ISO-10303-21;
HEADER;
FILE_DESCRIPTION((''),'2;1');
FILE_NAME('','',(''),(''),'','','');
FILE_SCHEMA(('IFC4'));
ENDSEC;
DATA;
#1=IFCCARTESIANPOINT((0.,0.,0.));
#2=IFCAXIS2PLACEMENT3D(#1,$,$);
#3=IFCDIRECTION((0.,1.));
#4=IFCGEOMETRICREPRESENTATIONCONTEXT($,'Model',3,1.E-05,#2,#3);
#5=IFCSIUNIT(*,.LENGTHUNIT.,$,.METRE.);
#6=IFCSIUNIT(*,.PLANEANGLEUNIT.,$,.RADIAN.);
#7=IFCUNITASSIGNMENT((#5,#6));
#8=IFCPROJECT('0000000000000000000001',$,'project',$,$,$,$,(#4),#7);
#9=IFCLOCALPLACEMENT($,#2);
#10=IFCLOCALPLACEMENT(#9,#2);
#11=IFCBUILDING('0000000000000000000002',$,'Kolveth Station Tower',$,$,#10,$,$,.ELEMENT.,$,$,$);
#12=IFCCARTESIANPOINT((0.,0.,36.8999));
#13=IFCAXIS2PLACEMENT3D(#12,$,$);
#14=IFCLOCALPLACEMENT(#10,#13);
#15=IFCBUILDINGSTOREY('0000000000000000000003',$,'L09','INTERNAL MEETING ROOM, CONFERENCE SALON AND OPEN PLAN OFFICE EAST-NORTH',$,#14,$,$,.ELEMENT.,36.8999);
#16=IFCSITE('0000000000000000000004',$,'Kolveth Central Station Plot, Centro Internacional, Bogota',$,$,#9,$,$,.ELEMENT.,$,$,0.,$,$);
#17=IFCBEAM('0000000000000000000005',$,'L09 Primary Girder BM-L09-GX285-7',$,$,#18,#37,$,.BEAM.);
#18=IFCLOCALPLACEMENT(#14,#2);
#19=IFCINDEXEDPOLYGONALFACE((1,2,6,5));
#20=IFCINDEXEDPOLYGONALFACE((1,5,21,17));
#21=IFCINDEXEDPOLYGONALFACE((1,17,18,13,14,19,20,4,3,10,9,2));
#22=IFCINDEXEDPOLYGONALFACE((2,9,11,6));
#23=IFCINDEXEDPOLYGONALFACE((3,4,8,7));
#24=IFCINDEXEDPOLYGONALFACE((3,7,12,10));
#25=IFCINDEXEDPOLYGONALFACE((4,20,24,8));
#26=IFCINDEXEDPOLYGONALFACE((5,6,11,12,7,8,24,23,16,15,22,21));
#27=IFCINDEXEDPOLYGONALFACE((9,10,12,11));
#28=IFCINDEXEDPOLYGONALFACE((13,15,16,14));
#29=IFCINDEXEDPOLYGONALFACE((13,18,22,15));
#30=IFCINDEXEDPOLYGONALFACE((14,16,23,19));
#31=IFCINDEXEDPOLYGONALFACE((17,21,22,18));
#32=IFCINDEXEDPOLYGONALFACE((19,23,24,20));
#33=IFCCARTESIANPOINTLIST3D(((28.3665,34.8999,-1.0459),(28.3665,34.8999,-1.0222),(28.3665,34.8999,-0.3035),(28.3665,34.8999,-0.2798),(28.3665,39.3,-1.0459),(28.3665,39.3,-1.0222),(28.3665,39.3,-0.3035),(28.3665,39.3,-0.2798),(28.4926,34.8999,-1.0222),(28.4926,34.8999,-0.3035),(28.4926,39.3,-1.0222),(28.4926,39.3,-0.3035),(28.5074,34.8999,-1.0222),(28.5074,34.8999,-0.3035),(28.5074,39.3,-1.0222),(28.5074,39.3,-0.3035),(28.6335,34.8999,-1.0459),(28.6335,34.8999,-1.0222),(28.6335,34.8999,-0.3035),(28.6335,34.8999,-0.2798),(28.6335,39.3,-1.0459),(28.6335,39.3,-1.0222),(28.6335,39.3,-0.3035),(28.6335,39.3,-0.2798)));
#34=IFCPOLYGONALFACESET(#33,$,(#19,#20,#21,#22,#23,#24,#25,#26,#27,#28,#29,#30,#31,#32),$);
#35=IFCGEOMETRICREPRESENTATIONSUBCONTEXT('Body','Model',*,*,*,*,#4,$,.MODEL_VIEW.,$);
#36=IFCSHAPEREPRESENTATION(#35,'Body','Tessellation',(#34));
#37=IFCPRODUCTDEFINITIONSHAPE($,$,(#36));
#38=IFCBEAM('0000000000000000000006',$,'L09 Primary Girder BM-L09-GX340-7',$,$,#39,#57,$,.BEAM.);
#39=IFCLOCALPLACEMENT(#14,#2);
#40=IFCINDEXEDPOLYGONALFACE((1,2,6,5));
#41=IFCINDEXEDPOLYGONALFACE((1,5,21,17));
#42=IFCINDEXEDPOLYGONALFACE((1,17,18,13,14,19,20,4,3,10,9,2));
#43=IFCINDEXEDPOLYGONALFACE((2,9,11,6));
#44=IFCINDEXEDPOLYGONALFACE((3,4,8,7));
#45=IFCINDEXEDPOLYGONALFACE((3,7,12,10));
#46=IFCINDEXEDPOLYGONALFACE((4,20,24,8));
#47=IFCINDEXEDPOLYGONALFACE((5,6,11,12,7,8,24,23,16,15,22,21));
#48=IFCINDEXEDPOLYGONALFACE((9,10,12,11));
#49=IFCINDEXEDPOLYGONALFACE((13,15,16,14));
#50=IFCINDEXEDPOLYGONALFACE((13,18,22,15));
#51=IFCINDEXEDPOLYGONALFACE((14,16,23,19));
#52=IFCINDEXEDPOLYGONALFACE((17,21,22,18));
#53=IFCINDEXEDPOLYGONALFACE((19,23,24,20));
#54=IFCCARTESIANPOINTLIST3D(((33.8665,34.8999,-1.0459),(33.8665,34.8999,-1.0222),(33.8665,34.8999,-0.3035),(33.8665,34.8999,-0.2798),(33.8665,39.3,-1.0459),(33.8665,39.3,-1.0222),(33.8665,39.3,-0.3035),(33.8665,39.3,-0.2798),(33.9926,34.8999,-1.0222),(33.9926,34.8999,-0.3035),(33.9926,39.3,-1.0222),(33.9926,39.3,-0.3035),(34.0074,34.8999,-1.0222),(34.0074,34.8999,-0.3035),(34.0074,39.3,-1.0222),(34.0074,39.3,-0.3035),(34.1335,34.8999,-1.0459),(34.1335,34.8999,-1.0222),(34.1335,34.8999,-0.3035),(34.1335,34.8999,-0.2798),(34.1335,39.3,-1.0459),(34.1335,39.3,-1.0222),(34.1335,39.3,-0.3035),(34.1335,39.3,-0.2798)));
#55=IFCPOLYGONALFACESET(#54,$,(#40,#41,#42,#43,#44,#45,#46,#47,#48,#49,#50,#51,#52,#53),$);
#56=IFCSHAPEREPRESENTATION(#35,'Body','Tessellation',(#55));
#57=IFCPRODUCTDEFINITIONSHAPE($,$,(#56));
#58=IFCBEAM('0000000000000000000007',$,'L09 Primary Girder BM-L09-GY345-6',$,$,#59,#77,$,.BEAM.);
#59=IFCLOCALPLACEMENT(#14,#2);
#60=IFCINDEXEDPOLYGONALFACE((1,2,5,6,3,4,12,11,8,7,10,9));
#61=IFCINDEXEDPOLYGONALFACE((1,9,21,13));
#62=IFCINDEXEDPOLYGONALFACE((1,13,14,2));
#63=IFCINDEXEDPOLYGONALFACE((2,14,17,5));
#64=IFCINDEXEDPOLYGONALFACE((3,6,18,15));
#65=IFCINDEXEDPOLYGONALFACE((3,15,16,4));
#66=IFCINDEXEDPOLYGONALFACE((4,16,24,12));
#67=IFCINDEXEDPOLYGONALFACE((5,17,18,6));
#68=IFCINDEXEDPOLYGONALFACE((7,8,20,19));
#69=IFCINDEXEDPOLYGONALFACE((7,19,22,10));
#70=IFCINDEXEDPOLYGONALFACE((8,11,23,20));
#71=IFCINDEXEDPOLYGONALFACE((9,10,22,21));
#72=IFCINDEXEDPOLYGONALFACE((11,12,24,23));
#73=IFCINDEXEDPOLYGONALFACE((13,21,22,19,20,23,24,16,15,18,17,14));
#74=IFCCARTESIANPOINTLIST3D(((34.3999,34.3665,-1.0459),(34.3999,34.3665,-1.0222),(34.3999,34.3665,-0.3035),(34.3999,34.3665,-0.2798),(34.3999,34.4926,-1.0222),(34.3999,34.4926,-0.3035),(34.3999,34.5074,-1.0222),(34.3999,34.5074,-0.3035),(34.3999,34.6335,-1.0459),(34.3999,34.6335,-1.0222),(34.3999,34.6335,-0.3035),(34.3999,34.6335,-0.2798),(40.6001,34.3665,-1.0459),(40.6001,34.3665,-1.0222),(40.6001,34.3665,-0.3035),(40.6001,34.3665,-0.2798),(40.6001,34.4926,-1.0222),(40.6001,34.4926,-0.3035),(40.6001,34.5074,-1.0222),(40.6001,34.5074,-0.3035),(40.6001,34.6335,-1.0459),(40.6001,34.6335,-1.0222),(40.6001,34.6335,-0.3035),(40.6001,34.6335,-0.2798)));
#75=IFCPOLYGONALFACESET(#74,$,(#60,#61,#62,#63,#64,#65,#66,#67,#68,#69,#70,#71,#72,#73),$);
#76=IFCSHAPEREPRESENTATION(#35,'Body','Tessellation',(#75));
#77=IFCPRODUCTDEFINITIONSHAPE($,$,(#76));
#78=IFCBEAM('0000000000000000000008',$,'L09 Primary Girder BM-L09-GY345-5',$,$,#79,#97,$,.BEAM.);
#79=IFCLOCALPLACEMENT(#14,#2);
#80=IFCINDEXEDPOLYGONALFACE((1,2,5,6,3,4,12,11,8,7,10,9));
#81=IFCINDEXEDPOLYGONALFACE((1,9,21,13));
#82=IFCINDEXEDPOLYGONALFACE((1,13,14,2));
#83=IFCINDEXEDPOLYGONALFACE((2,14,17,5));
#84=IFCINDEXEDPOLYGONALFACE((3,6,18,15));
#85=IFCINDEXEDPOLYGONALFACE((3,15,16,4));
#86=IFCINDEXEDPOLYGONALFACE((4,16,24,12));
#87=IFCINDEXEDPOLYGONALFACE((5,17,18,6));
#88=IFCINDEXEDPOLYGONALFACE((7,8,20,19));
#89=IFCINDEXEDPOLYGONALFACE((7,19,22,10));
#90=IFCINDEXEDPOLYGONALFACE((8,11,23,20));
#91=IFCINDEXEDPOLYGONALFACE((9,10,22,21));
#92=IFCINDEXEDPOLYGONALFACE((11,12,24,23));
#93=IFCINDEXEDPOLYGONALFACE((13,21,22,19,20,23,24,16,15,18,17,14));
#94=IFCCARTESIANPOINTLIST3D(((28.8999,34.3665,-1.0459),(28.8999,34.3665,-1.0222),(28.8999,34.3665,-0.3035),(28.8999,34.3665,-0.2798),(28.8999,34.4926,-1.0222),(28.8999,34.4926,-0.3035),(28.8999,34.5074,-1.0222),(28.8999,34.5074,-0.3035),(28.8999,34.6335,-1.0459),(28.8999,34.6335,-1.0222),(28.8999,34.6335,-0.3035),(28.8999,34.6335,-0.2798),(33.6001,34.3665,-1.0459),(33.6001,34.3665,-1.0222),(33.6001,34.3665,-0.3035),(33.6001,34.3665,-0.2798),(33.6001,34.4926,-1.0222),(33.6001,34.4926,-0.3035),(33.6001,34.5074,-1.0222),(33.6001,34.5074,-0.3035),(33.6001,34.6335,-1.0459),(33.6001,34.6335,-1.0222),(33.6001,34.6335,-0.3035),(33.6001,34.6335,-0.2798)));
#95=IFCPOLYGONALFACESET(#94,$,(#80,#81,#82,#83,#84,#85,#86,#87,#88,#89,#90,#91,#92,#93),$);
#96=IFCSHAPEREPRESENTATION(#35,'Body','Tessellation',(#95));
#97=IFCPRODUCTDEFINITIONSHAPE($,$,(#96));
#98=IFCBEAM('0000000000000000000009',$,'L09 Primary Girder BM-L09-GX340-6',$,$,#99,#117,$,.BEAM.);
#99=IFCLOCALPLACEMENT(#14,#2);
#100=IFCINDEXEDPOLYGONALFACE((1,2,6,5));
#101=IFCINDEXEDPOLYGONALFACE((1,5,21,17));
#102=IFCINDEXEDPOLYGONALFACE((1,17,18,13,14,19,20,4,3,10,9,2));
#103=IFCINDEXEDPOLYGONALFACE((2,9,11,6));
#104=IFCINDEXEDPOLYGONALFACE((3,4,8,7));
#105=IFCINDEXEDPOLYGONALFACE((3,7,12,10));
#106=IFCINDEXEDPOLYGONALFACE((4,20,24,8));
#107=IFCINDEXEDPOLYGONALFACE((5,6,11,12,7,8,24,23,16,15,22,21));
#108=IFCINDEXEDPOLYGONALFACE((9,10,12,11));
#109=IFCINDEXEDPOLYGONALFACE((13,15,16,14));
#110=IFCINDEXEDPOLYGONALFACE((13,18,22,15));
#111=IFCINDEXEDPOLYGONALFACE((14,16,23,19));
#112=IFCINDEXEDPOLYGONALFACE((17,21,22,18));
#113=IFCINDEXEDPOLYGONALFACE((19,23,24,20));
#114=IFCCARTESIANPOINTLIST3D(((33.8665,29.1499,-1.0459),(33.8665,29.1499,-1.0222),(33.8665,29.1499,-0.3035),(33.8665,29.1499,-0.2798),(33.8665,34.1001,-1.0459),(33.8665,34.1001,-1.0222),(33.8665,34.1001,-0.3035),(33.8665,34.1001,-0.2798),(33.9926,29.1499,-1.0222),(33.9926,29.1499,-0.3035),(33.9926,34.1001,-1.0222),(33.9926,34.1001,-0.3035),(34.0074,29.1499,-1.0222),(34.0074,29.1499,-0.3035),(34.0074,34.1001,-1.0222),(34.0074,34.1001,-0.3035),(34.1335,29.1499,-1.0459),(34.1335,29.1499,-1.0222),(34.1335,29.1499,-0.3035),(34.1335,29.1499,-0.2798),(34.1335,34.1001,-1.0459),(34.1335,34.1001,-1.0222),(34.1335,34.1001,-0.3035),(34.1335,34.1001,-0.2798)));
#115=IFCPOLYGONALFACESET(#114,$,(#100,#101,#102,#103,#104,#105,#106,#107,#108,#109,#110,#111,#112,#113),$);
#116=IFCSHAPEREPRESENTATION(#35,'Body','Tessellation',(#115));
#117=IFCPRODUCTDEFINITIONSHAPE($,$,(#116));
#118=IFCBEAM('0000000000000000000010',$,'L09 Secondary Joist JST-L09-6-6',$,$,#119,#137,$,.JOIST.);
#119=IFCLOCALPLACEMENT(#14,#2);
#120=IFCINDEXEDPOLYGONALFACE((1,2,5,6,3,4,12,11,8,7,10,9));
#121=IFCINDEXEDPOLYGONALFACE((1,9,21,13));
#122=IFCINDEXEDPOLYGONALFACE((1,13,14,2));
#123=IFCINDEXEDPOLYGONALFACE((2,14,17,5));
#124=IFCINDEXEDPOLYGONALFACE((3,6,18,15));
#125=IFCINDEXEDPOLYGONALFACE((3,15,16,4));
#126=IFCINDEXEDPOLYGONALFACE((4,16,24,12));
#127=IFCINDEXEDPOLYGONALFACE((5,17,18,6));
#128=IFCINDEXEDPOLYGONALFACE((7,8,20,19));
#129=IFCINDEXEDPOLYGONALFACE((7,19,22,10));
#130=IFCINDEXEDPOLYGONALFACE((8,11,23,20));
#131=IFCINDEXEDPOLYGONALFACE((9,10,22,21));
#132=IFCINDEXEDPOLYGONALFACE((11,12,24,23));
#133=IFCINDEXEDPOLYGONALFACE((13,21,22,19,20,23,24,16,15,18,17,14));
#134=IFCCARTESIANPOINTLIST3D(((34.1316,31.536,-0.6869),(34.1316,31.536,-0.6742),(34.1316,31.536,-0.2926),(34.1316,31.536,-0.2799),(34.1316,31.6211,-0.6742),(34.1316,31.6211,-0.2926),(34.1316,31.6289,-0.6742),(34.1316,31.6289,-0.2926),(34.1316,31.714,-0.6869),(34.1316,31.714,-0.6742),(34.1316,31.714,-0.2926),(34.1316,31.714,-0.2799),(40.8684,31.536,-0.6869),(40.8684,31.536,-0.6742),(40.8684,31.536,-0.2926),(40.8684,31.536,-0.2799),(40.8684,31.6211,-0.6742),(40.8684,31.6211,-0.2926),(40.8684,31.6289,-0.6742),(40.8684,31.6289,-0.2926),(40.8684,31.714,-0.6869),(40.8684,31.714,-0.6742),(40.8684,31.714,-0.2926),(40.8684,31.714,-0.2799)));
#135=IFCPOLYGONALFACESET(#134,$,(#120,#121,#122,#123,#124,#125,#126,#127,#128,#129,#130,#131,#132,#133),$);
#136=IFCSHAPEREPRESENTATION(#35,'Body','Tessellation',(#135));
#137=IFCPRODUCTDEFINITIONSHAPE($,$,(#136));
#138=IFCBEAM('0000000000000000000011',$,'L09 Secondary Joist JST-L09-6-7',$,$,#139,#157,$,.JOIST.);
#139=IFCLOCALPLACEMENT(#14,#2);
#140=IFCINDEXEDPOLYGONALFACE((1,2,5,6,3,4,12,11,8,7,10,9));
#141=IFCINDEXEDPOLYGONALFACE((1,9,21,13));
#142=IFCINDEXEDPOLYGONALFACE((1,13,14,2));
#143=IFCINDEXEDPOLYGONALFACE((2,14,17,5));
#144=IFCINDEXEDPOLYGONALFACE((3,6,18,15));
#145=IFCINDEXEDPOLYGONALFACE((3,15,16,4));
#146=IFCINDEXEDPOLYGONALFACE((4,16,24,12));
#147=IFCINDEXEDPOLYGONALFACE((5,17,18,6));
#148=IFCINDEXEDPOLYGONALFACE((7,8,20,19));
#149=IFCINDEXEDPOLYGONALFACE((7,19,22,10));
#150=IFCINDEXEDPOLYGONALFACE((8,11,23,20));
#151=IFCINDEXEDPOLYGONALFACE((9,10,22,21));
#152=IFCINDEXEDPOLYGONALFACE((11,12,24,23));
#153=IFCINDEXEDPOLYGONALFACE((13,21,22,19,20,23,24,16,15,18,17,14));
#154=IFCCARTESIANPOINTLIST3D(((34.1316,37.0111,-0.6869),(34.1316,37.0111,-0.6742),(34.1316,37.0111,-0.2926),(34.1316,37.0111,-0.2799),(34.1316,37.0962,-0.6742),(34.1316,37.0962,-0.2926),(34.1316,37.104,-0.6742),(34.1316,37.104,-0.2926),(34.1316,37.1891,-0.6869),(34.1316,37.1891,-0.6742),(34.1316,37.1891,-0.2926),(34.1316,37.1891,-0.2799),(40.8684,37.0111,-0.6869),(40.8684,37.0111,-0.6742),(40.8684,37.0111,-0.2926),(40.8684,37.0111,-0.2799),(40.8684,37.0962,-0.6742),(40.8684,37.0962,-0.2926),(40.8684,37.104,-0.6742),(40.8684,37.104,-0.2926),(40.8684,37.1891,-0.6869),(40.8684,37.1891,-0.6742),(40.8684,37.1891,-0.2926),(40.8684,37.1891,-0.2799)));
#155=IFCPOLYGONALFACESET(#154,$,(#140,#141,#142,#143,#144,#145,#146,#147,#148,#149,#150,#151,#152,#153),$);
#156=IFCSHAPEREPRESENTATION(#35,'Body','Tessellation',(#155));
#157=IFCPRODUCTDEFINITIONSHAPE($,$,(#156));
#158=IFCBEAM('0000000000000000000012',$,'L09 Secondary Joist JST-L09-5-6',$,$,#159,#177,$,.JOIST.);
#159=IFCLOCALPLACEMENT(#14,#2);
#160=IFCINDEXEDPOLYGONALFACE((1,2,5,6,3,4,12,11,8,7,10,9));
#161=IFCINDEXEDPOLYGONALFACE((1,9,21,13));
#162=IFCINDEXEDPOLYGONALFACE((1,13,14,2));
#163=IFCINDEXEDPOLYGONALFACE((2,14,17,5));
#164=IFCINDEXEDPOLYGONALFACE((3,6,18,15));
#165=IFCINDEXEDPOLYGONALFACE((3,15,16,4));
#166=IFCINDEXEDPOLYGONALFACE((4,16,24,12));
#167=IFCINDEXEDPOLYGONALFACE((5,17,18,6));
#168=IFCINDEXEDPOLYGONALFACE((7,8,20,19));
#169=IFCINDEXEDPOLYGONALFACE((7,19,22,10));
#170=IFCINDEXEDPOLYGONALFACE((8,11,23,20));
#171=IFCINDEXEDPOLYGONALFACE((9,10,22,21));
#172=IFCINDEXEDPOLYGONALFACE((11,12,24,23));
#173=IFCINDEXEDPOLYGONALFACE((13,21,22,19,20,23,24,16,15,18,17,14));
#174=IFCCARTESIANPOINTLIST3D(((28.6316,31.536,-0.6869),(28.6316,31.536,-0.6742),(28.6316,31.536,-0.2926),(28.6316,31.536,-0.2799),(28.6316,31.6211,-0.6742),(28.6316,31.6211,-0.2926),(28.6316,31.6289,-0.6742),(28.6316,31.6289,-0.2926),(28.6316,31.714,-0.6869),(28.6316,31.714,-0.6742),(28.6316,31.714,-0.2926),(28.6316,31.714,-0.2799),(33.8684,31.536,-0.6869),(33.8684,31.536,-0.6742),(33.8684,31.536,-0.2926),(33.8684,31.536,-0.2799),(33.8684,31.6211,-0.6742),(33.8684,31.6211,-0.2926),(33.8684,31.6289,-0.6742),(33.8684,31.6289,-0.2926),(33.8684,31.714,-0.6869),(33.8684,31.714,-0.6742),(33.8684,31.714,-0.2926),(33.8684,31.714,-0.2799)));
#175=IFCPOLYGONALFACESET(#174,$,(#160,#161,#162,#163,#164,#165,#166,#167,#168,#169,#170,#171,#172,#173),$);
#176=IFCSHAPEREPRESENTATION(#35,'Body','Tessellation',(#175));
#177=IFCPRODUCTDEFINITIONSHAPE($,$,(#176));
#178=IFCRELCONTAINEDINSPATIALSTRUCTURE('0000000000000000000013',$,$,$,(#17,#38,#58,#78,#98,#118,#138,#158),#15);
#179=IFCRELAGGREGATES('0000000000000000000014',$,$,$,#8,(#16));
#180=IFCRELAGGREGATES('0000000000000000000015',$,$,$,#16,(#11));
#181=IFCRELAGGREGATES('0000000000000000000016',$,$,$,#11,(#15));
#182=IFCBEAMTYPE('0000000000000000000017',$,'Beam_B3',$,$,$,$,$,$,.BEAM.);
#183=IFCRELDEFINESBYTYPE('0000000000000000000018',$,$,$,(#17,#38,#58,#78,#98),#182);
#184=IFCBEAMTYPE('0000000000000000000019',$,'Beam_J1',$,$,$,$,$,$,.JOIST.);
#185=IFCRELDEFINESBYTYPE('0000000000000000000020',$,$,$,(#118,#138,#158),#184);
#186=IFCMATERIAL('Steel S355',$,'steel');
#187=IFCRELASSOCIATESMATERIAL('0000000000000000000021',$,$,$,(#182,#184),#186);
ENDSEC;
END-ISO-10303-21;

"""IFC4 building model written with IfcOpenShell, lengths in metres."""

from ifc_helpers import new_model, si_unit, direction, frame, origin, origin_2d, place, context, subcontext, project, spatial, i_section, extrude, source, transform, mapped, material, material_profile, profile_set, type_object, element, save


model = new_model("IFC4")

# Units and contexts
model_context = context("Model", 3, precision=1e-05, world=origin(), true_north=direction((0.0, 1.0)))
body_context = subcontext(model_context, "Body", "Model", "MODEL_VIEW")
ifc_project = project(units=[si_unit("LENGTHUNIT", "METRE"), si_unit("PLANEANGLEUNIT", "RADIAN")], contexts=[model_context])

# Site, building, storey
site_placement = place(None, origin())
site = spatial("IfcSite", under=ifc_project, at=site_placement, Name="Kolveth Central Station Plot, Centro Internacional, Bogota", CompositionType="ELEMENT", RefElevation=0.0)
building_placement = place(site_placement, origin())
building = spatial("IfcBuilding", under=site, at=building_placement, Name="Kolveth Station Tower", CompositionType="ELEMENT")
storey_placement = place(building_placement, frame((0.0, 0.0, 36.8999)))
storey = spatial("IfcBuildingStorey", under=building, at=storey_placement, Name="L09", Description="INTERNAL MEETING ROOM, CONFERENCE SALON AND OPEN PLAN OFFICE EAST-NORTH", CompositionType="ELEMENT", Elevation=36.8999)

# Shared definitions
ifc_material_1 = material(Name="Steel S355", Category="steel")

# Beams
ifc_material_profile_1 = material_profile(ifc_material_1, i_section(OverallWidth=0.2671, OverallDepth=0.7661, WebThickness=0.0149, FlangeThickness=0.0237, at=origin_2d()), Name="W760x185")
ifc_profile_set_1 = profile_set([ifc_material_profile_1], Name="Steel S355")
beam_type_1 = type_object("IfcBeamType", Name="Beam_B3", PredefinedType="BEAM", material=ifc_profile_set_1)
shared_shape_1 = source(origin(), body_context, "Body", "SweptSolid", [
    extrude(i_section(OverallWidth=0.2671, OverallDepth=0.7661, WebThickness=0.0149, FlangeThickness=0.0237, at=origin_2d()), origin(), (0.0, 0.0, 1.0), 4.4001),
])
for number, where, z_axis, x_axis, name in (
    (1, (28.5, 34.8999, -0.6628), (0.0, 1.0, 0.0), (-1.0, 0.0, 0.0), "L09 Primary Girder BM-L09-GX285-7"),
    (2, (34.0, 34.8999, -0.6628), (0.0, 1.0, 0.0), (-1.0, 0.0, 0.0), "L09 Primary Girder BM-L09-GX340-7"),
):
    element("IfcBeam", number, at=place(storey_placement, frame(where, z_axis=z_axis, x_axis=x_axis)), inside=storey, type_object=beam_type_1, Name=name, PredefinedType="BEAM", context=body_context, shape_type="MappedRepresentation", body=[
        mapped(shared_shape_1, transform((0.0, 0.0, 0.0), x_axis=(1.0, 0.0, 0.0), y_axis=(0.0, 1.0, 0.0), z_axis=(0.0, 0.0, 1.0), scale=1.0)),
    ])
shared_shape_2 = source(origin(), body_context, "Body", "SweptSolid", [
    extrude(i_section(OverallWidth=0.2671, OverallDepth=0.7661, WebThickness=0.0149, FlangeThickness=0.0237, at=origin_2d()), origin(), (0.0, 0.0, 1.0), 6.2002),
])
beam_1_placement = place(storey_placement, frame((34.3999, 34.5, -0.6628), z_axis=(1.0, 0.0, 0.0), x_axis=(0.0, 1.0, 0.0)))
element("IfcBeam", 3, at=beam_1_placement, inside=storey, type_object=beam_type_1, Name="L09 Primary Girder BM-L09-GY345-6", PredefinedType="BEAM", context=body_context, shape_type="MappedRepresentation", body=[
    mapped(shared_shape_2, transform((0.0, 0.0, 0.0), x_axis=(1.0, 0.0, 0.0), y_axis=(0.0, 1.0, 0.0), z_axis=(0.0, 0.0, 1.0), scale=1.0)),
])
shared_shape_3 = source(origin(), body_context, "Body", "SweptSolid", [
    extrude(i_section(OverallWidth=0.2671, OverallDepth=0.7661, WebThickness=0.0149, FlangeThickness=0.0237, at=origin_2d()), origin(), (0.0, 0.0, 1.0), 4.7002),
])
beam_2_placement = place(storey_placement, frame((28.8999, 34.5, -0.6628), z_axis=(1.0, 0.0, 0.0), x_axis=(0.0, 1.0, 0.0)))
element("IfcBeam", 4, at=beam_2_placement, inside=storey, type_object=beam_type_1, Name="L09 Primary Girder BM-L09-GY345-5", PredefinedType="BEAM", context=body_context, shape_type="MappedRepresentation", body=[
    mapped(shared_shape_3, transform((0.0, 0.0, 0.0), x_axis=(1.0, 0.0, 0.0), y_axis=(0.0, 1.0, 0.0), z_axis=(0.0, 0.0, 1.0), scale=1.0)),
])
shared_shape_4 = source(origin(), body_context, "Body", "SweptSolid", [
    extrude(i_section(OverallWidth=0.2671, OverallDepth=0.7661, WebThickness=0.0149, FlangeThickness=0.0237, at=origin_2d()), origin(), (0.0, 0.0, 1.0), 4.9502),
])
beam_3_placement = place(storey_placement, frame((34.0, 29.1499, -0.6628), z_axis=(0.0, 1.0, 0.0), x_axis=(-1.0, 0.0, 0.0)))
element("IfcBeam", 5, at=beam_3_placement, inside=storey, type_object=beam_type_1, Name="L09 Primary Girder BM-L09-GX340-6", PredefinedType="BEAM", context=body_context, shape_type="MappedRepresentation", body=[
    mapped(shared_shape_4, transform((0.0, 0.0, 0.0), x_axis=(1.0, 0.0, 0.0), y_axis=(0.0, 1.0, 0.0), z_axis=(0.0, 0.0, 1.0), scale=1.0)),
])
ifc_material_profile_2 = material_profile(ifc_material_1, i_section(OverallWidth=0.178, OverallDepth=0.407, WebThickness=0.0078, FlangeThickness=0.0127, at=origin_2d()), Name="W410x60")
ifc_profile_set_2 = profile_set([ifc_material_profile_2], Name="Steel S355")
beam_type_2 = type_object("IfcBeamType", Name="Beam_J1", PredefinedType="JOIST", material=ifc_profile_set_2)
shared_shape_5 = source(origin(), body_context, "Body", "SweptSolid", [
    extrude(i_section(OverallWidth=0.178, OverallDepth=0.407, WebThickness=0.0078, FlangeThickness=0.0127, at=origin_2d()), origin(), (0.0, 0.0, 1.0), 6.7368),
])
for number, where, z_axis, x_axis, name in (
    (6, (34.1316, 31.625, -0.4834), (1.0, 0.0, 0.0), (0.0, 1.0, 0.0), "L09 Secondary Joist JST-L09-6-6"),
    (7, (34.1316, 37.1001, -0.4834), (1.0, 0.0, 0.0), (0.0, 1.0, 0.0), "L09 Secondary Joist JST-L09-6-7"),
):
    element("IfcBeam", number, at=place(storey_placement, frame(where, z_axis=z_axis, x_axis=x_axis)), inside=storey, type_object=beam_type_2, Name=name, PredefinedType="JOIST", context=body_context, shape_type="MappedRepresentation", body=[
        mapped(shared_shape_5, transform((0.0, 0.0, 0.0), x_axis=(1.0, 0.0, 0.0), y_axis=(0.0, 1.0, 0.0), z_axis=(0.0, 0.0, 1.0), scale=1.0)),
    ])
shared_shape_6 = source(origin(), body_context, "Body", "SweptSolid", [
    extrude(i_section(OverallWidth=0.178, OverallDepth=0.407, WebThickness=0.0078, FlangeThickness=0.0127, at=origin_2d()), origin(), (0.0, 0.0, 1.0), 5.2368),
])
for number, where, z_axis, x_axis, name in (
    (8, (28.6316, 31.625, -0.4834), (1.0, 0.0, 0.0), (0.0, 1.0, 0.0), "L09 Secondary Joist JST-L09-5-6"),
):
    element("IfcBeam", number, at=place(storey_placement, frame(where, z_axis=z_axis, x_axis=x_axis)), inside=storey, type_object=beam_type_2, Name=name, PredefinedType="JOIST", context=body_context, shape_type="MappedRepresentation", body=[
        mapped(shared_shape_6, transform((0.0, 0.0, 0.0), x_axis=(1.0, 0.0, 0.0), y_axis=(0.0, 1.0, 0.0), z_axis=(0.0, 0.0, 1.0), scale=1.0)),
    ])

save(model, "model.ifc")
